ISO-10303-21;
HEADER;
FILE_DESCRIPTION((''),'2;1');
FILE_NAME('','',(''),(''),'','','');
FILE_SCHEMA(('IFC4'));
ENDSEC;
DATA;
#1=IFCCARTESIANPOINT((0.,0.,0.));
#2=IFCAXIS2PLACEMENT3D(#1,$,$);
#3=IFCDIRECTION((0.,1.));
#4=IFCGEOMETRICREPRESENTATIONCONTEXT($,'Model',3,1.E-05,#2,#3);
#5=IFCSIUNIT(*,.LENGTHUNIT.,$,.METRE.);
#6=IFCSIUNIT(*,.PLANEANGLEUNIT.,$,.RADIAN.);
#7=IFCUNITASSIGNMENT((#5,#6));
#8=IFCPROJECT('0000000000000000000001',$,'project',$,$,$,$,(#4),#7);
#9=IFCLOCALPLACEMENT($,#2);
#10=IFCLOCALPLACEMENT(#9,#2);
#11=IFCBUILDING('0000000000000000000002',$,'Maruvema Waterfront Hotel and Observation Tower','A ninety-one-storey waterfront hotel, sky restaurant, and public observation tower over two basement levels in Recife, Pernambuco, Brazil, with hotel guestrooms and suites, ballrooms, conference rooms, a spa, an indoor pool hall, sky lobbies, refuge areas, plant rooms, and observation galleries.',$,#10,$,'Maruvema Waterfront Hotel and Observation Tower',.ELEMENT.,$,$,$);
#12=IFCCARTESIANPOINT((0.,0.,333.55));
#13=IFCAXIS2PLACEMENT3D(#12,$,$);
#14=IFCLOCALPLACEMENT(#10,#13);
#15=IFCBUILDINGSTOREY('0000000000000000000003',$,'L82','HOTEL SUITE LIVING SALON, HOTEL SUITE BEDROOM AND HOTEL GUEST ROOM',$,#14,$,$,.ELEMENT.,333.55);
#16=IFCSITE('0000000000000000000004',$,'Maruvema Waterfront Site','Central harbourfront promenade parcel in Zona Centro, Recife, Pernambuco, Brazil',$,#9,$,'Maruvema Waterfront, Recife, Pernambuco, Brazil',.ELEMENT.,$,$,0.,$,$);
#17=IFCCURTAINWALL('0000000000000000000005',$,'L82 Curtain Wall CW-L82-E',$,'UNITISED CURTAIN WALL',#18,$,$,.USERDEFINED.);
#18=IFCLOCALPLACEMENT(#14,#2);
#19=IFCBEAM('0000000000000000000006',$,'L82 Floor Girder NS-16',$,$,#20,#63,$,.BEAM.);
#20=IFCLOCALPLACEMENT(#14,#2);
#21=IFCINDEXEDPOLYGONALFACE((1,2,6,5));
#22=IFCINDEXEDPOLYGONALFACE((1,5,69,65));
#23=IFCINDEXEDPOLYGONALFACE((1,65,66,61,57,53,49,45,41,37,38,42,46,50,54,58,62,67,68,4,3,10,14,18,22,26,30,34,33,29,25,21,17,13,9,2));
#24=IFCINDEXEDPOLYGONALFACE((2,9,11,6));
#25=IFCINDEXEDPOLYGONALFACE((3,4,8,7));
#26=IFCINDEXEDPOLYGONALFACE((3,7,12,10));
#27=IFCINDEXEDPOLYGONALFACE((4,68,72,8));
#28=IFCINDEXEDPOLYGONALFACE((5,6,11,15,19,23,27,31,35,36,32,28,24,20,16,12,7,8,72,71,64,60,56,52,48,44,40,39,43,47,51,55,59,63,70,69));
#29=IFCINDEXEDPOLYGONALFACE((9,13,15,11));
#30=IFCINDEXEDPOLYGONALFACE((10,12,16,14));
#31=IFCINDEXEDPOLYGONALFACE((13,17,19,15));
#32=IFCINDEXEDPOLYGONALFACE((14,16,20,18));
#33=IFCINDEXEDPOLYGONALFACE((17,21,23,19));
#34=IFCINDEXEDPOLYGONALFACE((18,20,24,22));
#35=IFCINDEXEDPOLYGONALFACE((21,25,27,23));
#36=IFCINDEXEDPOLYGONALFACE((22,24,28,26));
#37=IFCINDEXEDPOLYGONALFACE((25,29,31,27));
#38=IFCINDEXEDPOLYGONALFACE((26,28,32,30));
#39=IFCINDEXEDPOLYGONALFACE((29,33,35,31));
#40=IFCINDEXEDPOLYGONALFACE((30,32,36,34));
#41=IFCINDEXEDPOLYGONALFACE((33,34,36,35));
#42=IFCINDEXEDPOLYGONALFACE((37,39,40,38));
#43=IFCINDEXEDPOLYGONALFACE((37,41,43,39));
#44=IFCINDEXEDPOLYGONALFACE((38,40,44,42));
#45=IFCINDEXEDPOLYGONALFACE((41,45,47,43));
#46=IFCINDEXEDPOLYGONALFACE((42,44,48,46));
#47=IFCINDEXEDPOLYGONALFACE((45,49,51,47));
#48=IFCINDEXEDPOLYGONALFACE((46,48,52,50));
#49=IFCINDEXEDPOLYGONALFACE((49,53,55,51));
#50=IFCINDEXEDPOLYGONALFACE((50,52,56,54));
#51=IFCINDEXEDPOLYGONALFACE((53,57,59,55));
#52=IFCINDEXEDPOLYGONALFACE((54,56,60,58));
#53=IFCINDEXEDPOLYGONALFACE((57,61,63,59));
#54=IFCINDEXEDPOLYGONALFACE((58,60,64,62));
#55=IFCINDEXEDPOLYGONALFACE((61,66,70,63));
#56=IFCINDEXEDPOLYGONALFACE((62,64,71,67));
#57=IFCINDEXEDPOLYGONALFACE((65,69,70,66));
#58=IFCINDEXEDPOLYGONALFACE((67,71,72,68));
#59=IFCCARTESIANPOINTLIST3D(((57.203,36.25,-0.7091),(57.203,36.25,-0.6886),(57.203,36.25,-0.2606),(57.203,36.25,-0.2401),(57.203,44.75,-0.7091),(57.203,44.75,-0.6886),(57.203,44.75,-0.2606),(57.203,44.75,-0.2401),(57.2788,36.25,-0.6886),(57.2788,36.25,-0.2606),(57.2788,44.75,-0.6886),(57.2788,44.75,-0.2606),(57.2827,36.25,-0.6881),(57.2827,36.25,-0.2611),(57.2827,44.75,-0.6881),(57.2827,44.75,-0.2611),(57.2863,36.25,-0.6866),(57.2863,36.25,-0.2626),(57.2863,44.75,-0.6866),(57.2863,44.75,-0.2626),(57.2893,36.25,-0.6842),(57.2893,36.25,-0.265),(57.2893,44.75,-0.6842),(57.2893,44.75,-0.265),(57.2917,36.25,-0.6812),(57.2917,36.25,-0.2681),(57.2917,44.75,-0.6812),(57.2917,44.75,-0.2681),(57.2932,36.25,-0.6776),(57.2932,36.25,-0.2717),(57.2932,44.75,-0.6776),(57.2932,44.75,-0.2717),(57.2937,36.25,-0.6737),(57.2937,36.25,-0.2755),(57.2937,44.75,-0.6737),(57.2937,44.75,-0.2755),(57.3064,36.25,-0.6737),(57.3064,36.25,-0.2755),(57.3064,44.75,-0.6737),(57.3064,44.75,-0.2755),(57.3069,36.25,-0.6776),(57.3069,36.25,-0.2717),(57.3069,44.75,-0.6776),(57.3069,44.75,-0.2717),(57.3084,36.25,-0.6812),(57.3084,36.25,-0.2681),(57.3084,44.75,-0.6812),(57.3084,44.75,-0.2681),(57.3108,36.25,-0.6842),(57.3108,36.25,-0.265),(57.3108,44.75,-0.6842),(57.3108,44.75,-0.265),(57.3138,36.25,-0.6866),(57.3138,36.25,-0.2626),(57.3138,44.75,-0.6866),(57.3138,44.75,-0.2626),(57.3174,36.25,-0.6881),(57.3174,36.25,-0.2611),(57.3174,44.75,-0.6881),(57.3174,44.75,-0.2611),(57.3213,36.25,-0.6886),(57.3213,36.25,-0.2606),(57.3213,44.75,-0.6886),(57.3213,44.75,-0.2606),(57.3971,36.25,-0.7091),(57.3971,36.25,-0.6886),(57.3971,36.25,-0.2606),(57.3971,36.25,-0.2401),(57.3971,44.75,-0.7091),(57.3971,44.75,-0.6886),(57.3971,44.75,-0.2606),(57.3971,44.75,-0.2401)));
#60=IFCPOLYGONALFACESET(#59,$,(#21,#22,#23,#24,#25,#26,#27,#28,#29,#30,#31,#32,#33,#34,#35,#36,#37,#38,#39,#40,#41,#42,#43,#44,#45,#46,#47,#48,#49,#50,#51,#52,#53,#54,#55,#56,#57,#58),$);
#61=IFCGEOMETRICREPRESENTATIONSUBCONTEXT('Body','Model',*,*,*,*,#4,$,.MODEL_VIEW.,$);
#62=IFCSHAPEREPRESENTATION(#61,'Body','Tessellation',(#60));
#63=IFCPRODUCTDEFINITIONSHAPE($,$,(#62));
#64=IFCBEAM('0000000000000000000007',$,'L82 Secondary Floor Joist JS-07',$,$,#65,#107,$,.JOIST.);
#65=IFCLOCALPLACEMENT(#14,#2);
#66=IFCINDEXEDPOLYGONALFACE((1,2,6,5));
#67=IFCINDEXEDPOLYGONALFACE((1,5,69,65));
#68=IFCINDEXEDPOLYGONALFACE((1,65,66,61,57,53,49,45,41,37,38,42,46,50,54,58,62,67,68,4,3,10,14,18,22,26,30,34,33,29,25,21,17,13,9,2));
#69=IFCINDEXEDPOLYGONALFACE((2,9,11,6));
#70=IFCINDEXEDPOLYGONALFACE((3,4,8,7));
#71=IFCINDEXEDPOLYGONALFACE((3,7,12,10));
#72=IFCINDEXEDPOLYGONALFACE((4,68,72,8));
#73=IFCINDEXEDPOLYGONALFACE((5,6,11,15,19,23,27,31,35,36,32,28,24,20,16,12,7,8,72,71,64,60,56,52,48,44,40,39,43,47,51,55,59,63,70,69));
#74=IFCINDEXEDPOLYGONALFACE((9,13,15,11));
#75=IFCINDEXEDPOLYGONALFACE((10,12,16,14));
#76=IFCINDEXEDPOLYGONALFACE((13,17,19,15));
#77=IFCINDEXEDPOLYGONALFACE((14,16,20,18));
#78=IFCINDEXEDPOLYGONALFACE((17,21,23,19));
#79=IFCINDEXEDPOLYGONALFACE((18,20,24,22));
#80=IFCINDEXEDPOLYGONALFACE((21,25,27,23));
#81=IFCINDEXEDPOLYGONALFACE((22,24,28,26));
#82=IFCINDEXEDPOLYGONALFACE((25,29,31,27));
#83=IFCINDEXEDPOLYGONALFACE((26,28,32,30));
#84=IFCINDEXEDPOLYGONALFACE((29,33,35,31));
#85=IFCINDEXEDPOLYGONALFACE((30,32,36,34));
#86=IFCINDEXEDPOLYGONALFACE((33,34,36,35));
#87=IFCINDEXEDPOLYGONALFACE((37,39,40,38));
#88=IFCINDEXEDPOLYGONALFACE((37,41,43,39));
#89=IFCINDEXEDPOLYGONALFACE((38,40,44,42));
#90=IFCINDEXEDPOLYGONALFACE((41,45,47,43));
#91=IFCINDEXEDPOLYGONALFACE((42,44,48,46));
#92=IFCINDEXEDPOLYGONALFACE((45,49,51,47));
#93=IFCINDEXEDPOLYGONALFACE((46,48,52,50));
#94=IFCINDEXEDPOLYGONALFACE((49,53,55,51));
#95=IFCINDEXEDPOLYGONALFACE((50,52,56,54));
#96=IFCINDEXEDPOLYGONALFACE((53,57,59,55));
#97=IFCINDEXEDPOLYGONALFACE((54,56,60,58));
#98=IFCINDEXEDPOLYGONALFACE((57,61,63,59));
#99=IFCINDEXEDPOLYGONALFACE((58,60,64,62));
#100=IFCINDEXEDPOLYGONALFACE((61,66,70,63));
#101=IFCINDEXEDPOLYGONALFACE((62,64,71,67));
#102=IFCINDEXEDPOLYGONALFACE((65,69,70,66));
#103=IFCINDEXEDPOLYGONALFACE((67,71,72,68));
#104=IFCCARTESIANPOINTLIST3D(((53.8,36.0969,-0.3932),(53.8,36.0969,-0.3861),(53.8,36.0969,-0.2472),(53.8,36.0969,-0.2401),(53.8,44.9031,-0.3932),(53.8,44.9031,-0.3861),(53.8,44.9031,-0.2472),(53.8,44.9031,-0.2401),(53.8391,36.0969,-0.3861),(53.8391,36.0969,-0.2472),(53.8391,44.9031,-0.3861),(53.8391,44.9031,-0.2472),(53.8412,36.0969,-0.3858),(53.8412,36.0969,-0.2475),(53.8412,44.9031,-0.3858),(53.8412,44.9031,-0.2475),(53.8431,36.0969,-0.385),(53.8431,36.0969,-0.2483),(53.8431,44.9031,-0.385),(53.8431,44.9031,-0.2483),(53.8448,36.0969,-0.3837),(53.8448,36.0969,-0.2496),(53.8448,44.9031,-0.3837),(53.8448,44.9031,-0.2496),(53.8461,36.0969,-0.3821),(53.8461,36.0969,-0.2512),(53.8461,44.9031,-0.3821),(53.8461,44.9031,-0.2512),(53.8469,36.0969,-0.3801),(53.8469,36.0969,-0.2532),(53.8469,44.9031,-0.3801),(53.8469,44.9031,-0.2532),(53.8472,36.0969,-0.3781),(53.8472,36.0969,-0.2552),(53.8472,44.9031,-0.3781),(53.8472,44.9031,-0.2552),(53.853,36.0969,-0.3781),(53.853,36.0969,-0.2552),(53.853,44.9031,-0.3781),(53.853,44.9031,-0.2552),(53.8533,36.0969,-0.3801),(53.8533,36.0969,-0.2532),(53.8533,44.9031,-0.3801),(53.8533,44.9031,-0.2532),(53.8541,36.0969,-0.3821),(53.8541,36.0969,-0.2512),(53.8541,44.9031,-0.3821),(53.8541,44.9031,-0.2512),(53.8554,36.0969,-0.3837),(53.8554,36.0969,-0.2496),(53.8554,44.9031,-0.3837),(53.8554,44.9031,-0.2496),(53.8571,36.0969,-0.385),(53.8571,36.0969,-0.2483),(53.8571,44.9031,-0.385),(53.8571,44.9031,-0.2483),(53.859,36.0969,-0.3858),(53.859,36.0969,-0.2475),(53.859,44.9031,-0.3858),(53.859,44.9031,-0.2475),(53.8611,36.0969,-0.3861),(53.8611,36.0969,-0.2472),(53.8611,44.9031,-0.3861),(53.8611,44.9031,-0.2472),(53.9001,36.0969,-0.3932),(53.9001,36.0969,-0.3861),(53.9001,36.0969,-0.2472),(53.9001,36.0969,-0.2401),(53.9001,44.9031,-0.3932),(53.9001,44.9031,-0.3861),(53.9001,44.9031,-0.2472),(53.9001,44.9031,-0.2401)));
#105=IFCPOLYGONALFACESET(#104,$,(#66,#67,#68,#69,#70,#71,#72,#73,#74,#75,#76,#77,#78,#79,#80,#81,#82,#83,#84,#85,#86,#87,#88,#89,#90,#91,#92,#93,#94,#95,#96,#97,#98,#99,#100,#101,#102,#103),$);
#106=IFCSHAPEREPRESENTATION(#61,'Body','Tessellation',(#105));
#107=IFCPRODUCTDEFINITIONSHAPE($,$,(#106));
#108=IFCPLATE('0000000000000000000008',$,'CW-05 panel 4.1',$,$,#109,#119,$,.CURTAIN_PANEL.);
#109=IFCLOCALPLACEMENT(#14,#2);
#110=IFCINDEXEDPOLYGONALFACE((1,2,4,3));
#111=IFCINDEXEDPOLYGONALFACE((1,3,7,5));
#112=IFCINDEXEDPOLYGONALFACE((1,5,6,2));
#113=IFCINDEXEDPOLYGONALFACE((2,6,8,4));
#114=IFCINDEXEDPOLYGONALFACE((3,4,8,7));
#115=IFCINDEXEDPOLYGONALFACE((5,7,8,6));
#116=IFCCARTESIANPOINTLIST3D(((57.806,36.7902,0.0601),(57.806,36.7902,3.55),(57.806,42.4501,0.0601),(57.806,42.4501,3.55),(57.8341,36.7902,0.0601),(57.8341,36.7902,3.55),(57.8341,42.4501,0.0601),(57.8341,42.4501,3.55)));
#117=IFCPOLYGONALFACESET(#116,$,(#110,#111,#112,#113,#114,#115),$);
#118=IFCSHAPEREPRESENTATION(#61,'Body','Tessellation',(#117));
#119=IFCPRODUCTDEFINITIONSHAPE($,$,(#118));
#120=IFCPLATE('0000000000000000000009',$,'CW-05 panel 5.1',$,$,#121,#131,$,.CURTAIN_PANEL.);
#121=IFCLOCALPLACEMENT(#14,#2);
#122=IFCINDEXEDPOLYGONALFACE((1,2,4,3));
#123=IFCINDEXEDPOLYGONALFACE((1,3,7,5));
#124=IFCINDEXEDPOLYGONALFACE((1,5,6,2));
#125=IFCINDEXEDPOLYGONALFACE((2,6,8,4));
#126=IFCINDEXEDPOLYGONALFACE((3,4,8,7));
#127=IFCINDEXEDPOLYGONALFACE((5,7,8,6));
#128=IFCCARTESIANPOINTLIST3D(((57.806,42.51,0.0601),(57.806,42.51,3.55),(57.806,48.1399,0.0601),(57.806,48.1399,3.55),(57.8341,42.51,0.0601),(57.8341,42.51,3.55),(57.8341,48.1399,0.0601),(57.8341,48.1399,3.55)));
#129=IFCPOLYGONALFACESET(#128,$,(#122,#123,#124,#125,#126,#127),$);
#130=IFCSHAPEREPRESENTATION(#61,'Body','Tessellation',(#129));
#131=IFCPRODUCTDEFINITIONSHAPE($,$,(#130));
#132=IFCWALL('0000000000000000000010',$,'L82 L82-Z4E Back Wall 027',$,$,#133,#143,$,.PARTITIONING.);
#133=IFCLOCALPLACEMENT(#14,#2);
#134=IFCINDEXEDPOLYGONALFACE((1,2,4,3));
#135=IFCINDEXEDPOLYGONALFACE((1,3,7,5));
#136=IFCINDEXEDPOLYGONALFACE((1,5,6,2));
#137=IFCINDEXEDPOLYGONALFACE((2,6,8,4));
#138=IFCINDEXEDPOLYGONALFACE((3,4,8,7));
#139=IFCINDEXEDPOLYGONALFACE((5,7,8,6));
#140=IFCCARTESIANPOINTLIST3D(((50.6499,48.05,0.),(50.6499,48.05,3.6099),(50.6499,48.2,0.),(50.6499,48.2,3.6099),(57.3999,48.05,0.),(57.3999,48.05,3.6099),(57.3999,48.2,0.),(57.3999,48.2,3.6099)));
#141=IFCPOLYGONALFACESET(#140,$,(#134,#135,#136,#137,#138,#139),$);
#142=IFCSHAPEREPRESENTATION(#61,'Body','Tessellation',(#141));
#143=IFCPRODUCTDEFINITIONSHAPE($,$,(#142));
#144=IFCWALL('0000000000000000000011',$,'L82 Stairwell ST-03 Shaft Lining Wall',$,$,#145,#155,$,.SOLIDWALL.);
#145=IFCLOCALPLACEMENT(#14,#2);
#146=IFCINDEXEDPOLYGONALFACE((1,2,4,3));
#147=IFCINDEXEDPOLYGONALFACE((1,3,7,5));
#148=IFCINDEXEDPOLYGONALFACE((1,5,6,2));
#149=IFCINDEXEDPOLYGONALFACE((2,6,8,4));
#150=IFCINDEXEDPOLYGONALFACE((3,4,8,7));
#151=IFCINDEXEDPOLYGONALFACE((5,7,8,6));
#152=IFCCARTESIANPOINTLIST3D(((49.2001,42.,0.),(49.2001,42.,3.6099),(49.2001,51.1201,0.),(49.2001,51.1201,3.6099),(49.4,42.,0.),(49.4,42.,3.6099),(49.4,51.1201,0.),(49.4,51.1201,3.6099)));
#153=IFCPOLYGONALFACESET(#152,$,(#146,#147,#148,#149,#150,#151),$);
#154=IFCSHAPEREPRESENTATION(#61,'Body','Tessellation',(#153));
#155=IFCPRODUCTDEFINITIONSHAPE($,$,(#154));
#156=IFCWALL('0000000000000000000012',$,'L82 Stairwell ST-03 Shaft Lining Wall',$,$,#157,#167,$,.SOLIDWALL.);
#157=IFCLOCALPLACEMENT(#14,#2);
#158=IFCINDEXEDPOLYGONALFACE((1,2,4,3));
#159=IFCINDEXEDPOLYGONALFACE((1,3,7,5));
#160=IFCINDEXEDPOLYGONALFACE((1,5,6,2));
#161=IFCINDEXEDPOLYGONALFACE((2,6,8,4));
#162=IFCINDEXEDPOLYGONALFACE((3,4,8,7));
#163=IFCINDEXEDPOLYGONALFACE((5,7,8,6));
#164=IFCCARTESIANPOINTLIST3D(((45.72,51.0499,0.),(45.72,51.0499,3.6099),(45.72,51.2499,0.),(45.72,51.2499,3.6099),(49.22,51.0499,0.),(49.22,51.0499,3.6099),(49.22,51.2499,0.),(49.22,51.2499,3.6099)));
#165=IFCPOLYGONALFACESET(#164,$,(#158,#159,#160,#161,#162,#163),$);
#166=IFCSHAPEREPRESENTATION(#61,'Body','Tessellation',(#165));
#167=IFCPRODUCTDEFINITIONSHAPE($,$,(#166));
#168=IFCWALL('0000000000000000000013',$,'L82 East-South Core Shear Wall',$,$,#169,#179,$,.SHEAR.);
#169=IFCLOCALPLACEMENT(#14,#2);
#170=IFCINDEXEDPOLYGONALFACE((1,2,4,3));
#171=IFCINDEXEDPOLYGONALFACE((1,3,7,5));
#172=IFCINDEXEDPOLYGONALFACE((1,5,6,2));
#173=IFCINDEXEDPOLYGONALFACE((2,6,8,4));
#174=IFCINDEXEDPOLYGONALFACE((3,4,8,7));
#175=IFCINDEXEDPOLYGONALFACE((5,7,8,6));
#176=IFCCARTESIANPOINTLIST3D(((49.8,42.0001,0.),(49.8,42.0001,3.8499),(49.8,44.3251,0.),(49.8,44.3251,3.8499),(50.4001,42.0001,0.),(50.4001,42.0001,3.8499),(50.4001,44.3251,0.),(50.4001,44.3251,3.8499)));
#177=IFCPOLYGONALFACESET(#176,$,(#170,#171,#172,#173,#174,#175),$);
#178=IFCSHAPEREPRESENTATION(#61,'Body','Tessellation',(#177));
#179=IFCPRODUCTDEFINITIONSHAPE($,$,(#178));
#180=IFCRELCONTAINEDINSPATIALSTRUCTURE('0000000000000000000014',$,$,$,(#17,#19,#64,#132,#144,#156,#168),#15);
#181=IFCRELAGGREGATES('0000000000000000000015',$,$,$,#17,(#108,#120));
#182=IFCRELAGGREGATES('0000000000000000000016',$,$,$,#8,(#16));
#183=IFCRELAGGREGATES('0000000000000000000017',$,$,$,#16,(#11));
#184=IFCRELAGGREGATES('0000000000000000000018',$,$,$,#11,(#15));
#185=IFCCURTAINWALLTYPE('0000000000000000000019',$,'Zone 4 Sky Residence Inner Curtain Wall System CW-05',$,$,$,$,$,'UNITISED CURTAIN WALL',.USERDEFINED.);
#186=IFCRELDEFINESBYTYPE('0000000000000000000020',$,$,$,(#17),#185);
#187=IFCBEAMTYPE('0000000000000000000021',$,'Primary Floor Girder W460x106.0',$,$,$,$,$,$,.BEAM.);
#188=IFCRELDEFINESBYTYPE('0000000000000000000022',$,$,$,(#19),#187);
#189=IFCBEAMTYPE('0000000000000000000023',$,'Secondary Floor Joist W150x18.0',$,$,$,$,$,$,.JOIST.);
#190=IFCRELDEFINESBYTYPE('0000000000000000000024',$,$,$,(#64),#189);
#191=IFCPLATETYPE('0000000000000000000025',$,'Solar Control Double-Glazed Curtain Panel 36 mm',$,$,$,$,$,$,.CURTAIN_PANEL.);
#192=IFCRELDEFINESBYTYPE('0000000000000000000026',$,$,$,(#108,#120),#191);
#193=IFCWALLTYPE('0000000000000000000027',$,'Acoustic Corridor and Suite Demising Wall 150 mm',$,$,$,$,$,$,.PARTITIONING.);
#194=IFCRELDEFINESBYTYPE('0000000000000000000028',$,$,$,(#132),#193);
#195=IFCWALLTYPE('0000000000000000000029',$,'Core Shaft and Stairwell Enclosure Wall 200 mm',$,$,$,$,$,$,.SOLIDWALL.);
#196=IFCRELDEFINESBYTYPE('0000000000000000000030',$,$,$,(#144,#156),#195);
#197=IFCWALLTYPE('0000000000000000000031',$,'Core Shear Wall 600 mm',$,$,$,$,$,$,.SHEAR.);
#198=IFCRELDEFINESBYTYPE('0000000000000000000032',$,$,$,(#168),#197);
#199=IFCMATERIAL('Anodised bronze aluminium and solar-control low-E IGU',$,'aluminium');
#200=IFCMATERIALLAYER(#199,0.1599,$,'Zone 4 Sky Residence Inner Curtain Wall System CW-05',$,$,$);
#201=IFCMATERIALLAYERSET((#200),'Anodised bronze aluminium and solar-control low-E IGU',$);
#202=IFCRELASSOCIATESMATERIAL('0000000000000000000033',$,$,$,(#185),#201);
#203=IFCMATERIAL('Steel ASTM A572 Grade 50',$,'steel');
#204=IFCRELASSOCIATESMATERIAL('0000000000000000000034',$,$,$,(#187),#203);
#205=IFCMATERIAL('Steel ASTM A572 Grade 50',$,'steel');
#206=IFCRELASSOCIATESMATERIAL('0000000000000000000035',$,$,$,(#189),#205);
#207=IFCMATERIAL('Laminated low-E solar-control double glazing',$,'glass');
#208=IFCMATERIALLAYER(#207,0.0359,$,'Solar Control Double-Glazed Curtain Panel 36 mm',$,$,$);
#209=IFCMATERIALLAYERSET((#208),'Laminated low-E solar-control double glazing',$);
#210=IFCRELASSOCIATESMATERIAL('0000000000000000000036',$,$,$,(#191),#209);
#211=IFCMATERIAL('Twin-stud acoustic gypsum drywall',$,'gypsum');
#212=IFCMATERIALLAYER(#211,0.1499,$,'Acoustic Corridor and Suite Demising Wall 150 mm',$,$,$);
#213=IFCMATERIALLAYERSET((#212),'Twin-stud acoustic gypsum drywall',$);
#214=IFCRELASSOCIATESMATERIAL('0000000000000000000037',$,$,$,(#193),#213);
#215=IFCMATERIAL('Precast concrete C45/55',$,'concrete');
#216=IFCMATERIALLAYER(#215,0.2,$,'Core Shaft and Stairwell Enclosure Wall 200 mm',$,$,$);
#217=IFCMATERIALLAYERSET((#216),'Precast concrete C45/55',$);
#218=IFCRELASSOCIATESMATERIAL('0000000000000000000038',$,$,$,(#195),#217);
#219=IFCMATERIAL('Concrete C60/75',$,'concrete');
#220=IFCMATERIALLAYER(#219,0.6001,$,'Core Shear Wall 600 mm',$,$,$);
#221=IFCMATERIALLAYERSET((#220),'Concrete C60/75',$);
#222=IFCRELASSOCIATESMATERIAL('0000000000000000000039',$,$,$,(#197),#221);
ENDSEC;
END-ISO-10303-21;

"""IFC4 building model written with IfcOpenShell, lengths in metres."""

from ifc_helpers import new_model, si_unit, direction, frame, frame_2d, origin, origin_2d, place, context, subcontext, project, spatial, rectangle, i_section, extrude, material, layer, layer_set, material_profile, profile_set, type_object, element, aggregate, save


model = new_model("IFC4")

# Units and contexts
model_context = context("Model", 3, precision=1e-05, world=origin(), true_north=direction((0.0, 1.0)))
body_context = subcontext(model_context, "Body", "Model", "MODEL_VIEW")
ifc_project = project(units=[si_unit("LENGTHUNIT", "METRE"), si_unit("PLANEANGLEUNIT", "RADIAN")], contexts=[model_context])

# Site, building, storey
site_placement = place(None, origin())
site = spatial("IfcSite", under=ifc_project, at=site_placement, Name="Maruvema Waterfront Site", Description="Central harbourfront promenade parcel in Zona Centro, Recife, Pernambuco, Brazil", LongName="Maruvema Waterfront, Recife, Pernambuco, Brazil", CompositionType="ELEMENT", RefElevation=0.0)
building_placement = place(site_placement, origin())
building = spatial("IfcBuilding", under=site, at=building_placement, Name="Maruvema Waterfront Hotel and Observation Tower", Description="A ninety-one-storey waterfront hotel, sky restaurant, and public observation tower over two basement levels in Recife, Pernambuco, Brazil, with hotel guestrooms and suites, ballrooms, conference rooms, a spa, an indoor pool hall, sky lobbies, refuge areas, plant rooms, and observation galleries.", LongName="Maruvema Waterfront Hotel and Observation Tower", CompositionType="ELEMENT")
storey_placement = place(building_placement, frame((0.0, 0.0, 333.55)))
storey = spatial("IfcBuildingStorey", under=building, at=storey_placement, Name="L82", Description="HOTEL SUITE LIVING SALON, HOTEL SUITE BEDROOM AND HOTEL GUEST ROOM", CompositionType="ELEMENT", Elevation=333.55)

# Curtain wall
ifc_material_1 = material(Name="Anodised bronze aluminium and solar-control low-E IGU", Category="aluminium")
ifc_layer_1 = layer(ifc_material_1, 0.1599, Name="Zone 4 Sky Residence Inner Curtain Wall System CW-05")
ifc_layer_set_1 = layer_set([ifc_layer_1], Name="Anodised bronze aluminium and solar-control low-E IGU")
curtain_wall_type = type_object("IfcCurtainWallType", Name="Zone 4 Sky Residence Inner Curtain Wall System CW-05", ElementType="UNITISED CURTAIN WALL", PredefinedType="USERDEFINED", material=ifc_layer_set_1)
curtain_wall_placement = place(storey_placement, origin())
curtain_wall = element("IfcCurtainWall", 1, at=curtain_wall_placement, inside=storey, type_object=curtain_wall_type, Name="L82 Curtain Wall CW-L82-E", ObjectType="UNITISED CURTAIN WALL", PredefinedType="USERDEFINED")

# Beams
ifc_material_2 = material(Name="Steel ASTM A572 Grade 50", Category="steel")
ifc_material_profile_1 = material_profile(ifc_material_2, i_section(OverallWidth=0.1941, OverallDepth=0.469, WebThickness=0.0127, FlangeThickness=0.0205, FilletRadius=0.0149, at=origin_2d()), Name="W460x106.0")
ifc_profile_set_1 = profile_set([ifc_material_profile_1], Name="Steel ASTM A572 Grade 50")
beam_type_1 = type_object("IfcBeamType", Name="Primary Floor Girder W460x106.0", PredefinedType="BEAM", material=ifc_profile_set_1)
beam_1_placement = place(storey_placement, frame((57.3, 36.25, -0.4746), z_axis=(0.0, 1.0, 0.0), x_axis=(-1.0, 0.0, 0.0)))
element("IfcBeam", 2, at=beam_1_placement, inside=storey, type_object=beam_type_1, Name="L82 Floor Girder NS-16", PredefinedType="BEAM", context=body_context, shape_type="SweptSolid", body=[
    extrude(i_section(OverallWidth=0.1941, OverallDepth=0.469, WebThickness=0.0127, FlangeThickness=0.0205, FilletRadius=0.0149, at=origin_2d()), origin(), (0.0, 0.0, 1.0), 8.5),
])
ifc_material_3 = material(Name="Steel ASTM A572 Grade 50", Category="steel")
ifc_material_profile_2 = material_profile(ifc_material_3, i_section(OverallWidth=0.1001, OverallDepth=0.1531, WebThickness=0.0059, FlangeThickness=0.0071, FilletRadius=0.0081, at=origin_2d()), Name="W150x18.0")
ifc_profile_set_2 = profile_set([ifc_material_profile_2], Name="Steel ASTM A572 Grade 50")
beam_type_2 = type_object("IfcBeamType", Name="Secondary Floor Joist W150x18.0", PredefinedType="JOIST", material=ifc_profile_set_2)
beam_2_placement = place(storey_placement, frame((53.8501, 36.0969, -0.3167), z_axis=(0.0, 1.0, 0.0), x_axis=(-1.0, 0.0, 0.0)))
element("IfcBeam", 3, at=beam_2_placement, inside=storey, type_object=beam_type_2, Name="L82 Secondary Floor Joist JS-07", PredefinedType="JOIST", context=body_context, shape_type="SweptSolid", body=[
    extrude(i_section(OverallWidth=0.1001, OverallDepth=0.1531, WebThickness=0.0059, FlangeThickness=0.0071, FilletRadius=0.0081, at=origin_2d()), origin(), (0.0, 0.0, 1.0), 8.8062),
])

# Plates
ifc_material_4 = material(Name="Laminated low-E solar-control double glazing", Category="glass")
ifc_layer_2 = layer(ifc_material_4, 0.0359, Name="Solar Control Double-Glazed Curtain Panel 36 mm")
ifc_layer_set_2 = layer_set([ifc_layer_2], Name="Laminated low-E solar-control double glazing")
plate_type = type_object("IfcPlateType", Name="Solar Control Double-Glazed Curtain Panel 36 mm", PredefinedType="CURTAIN_PANEL", material=ifc_layer_set_2)
plate_1_placement = place(storey_placement, frame((57.8201, 39.6201, 0.0601), z_axis=(0.0, 0.0, 1.0), x_axis=(0.0, 1.0, 0.0)))
plate_1 = element("IfcPlate", 4, at=plate_1_placement, type_object=plate_type, Name="CW-05 panel 4.1", PredefinedType="CURTAIN_PANEL", context=body_context, shape_type="SweptSolid", body=[
    extrude(rectangle(XDim=5.6599, YDim=0.0281, at=origin_2d()), origin(), (0.0, 0.0, 1.0), 3.49),
])
plate_2_placement = place(storey_placement, frame((57.8201, 45.325, 0.0601), z_axis=(0.0, 0.0, 1.0), x_axis=(0.0, 1.0, 0.0)))
plate_2 = element("IfcPlate", 5, at=plate_2_placement, type_object=plate_type, Name="CW-05 panel 5.1", PredefinedType="CURTAIN_PANEL", context=body_context, shape_type="SweptSolid", body=[
    extrude(rectangle(XDim=5.6299, YDim=0.0281, at=origin_2d()), origin(), (0.0, 0.0, 1.0), 3.49),
])
aggregate(curtain_wall, [plate_1, plate_2])

# Walls
ifc_material_5 = material(Name="Twin-stud acoustic gypsum drywall", Category="gypsum")
ifc_layer_3 = layer(ifc_material_5, 0.1499, Name="Acoustic Corridor and Suite Demising Wall 150 mm")
ifc_layer_set_3 = layer_set([ifc_layer_3], Name="Twin-stud acoustic gypsum drywall")
wall_type_1 = type_object("IfcWallType", Name="Acoustic Corridor and Suite Demising Wall 150 mm", PredefinedType="PARTITIONING", material=ifc_layer_set_3)
wall_1_placement = place(storey_placement, frame((50.6499, 48.125, 0.0), z_axis=(0.0, 0.0, 1.0), x_axis=(1.0, 0.0, 0.0)))
element("IfcWall", 6, at=wall_1_placement, inside=storey, type_object=wall_type_1, Name="L82 L82-Z4E Back Wall 027", PredefinedType="PARTITIONING", context=body_context, shape_type="SweptSolid", body=[
    extrude(rectangle(XDim=6.75, YDim=0.1499, at=frame_2d((3.375, 0.0))), origin(), (0.0, 0.0, 1.0), 3.6099),
])
ifc_material_6 = material(Name="Precast concrete C45/55", Category="concrete")
ifc_layer_4 = layer(ifc_material_6, 0.2, Name="Core Shaft and Stairwell Enclosure Wall 200 mm")
ifc_layer_set_4 = layer_set([ifc_layer_4], Name="Precast concrete C45/55")
wall_type_2 = type_object("IfcWallType", Name="Core Shaft and Stairwell Enclosure Wall 200 mm", PredefinedType="SOLIDWALL", material=ifc_layer_set_4)
wall_2_placement = place(storey_placement, frame((49.3, 42.0, 0.0), z_axis=(0.0, 0.0, 1.0), x_axis=(0.0, 1.0, 0.0)))
element("IfcWall", 7, at=wall_2_placement, inside=storey, type_object=wall_type_2, Name="L82 Stairwell ST-03 Shaft Lining Wall", PredefinedType="SOLIDWALL", context=body_context, shape_type="SweptSolid", body=[
    extrude(rectangle(XDim=9.1201, YDim=0.2, at=frame_2d((4.5601, 0.0))), origin(), (0.0, 0.0, 1.0), 3.6099),
])
wall_3_placement = place(storey_placement, frame((45.72, 51.1499, 0.0), z_axis=(0.0, 0.0, 1.0), x_axis=(1.0, 0.0, 0.0)))
element("IfcWall", 8, at=wall_3_placement, inside=storey, type_object=wall_type_2, Name="L82 Stairwell ST-03 Shaft Lining Wall", PredefinedType="SOLIDWALL", context=body_context, shape_type="SweptSolid", body=[
    extrude(rectangle(XDim=3.5, YDim=0.2, at=frame_2d((1.75, 0.0))), origin(), (0.0, 0.0, 1.0), 3.6099),
])
ifc_material_7 = material(Name="Concrete C60/75", Category="concrete")
ifc_layer_5 = layer(ifc_material_7, 0.6001, Name="Core Shear Wall 600 mm")
ifc_layer_set_5 = layer_set([ifc_layer_5], Name="Concrete C60/75")
wall_type_3 = type_object("IfcWallType", Name="Core Shear Wall 600 mm", PredefinedType="SHEAR", material=ifc_layer_set_5)
wall_4_placement = place(storey_placement, frame((50.1001, 42.0, 0.0), z_axis=(0.0, 0.0, 1.0), x_axis=(0.0, 1.0, 0.0)))
element("IfcWall", 9, at=wall_4_placement, inside=storey, type_object=wall_type_3, Name="L82 East-South Core Shear Wall", PredefinedType="SHEAR", context=body_context, shape_type="SweptSolid", body=[
    extrude(rectangle(XDim=2.325, YDim=0.6001, at=frame_2d((1.1626, 0.0))), origin(), (0.0, 0.0, 1.0), 3.8499),
])

save(model, "model.ifc")
